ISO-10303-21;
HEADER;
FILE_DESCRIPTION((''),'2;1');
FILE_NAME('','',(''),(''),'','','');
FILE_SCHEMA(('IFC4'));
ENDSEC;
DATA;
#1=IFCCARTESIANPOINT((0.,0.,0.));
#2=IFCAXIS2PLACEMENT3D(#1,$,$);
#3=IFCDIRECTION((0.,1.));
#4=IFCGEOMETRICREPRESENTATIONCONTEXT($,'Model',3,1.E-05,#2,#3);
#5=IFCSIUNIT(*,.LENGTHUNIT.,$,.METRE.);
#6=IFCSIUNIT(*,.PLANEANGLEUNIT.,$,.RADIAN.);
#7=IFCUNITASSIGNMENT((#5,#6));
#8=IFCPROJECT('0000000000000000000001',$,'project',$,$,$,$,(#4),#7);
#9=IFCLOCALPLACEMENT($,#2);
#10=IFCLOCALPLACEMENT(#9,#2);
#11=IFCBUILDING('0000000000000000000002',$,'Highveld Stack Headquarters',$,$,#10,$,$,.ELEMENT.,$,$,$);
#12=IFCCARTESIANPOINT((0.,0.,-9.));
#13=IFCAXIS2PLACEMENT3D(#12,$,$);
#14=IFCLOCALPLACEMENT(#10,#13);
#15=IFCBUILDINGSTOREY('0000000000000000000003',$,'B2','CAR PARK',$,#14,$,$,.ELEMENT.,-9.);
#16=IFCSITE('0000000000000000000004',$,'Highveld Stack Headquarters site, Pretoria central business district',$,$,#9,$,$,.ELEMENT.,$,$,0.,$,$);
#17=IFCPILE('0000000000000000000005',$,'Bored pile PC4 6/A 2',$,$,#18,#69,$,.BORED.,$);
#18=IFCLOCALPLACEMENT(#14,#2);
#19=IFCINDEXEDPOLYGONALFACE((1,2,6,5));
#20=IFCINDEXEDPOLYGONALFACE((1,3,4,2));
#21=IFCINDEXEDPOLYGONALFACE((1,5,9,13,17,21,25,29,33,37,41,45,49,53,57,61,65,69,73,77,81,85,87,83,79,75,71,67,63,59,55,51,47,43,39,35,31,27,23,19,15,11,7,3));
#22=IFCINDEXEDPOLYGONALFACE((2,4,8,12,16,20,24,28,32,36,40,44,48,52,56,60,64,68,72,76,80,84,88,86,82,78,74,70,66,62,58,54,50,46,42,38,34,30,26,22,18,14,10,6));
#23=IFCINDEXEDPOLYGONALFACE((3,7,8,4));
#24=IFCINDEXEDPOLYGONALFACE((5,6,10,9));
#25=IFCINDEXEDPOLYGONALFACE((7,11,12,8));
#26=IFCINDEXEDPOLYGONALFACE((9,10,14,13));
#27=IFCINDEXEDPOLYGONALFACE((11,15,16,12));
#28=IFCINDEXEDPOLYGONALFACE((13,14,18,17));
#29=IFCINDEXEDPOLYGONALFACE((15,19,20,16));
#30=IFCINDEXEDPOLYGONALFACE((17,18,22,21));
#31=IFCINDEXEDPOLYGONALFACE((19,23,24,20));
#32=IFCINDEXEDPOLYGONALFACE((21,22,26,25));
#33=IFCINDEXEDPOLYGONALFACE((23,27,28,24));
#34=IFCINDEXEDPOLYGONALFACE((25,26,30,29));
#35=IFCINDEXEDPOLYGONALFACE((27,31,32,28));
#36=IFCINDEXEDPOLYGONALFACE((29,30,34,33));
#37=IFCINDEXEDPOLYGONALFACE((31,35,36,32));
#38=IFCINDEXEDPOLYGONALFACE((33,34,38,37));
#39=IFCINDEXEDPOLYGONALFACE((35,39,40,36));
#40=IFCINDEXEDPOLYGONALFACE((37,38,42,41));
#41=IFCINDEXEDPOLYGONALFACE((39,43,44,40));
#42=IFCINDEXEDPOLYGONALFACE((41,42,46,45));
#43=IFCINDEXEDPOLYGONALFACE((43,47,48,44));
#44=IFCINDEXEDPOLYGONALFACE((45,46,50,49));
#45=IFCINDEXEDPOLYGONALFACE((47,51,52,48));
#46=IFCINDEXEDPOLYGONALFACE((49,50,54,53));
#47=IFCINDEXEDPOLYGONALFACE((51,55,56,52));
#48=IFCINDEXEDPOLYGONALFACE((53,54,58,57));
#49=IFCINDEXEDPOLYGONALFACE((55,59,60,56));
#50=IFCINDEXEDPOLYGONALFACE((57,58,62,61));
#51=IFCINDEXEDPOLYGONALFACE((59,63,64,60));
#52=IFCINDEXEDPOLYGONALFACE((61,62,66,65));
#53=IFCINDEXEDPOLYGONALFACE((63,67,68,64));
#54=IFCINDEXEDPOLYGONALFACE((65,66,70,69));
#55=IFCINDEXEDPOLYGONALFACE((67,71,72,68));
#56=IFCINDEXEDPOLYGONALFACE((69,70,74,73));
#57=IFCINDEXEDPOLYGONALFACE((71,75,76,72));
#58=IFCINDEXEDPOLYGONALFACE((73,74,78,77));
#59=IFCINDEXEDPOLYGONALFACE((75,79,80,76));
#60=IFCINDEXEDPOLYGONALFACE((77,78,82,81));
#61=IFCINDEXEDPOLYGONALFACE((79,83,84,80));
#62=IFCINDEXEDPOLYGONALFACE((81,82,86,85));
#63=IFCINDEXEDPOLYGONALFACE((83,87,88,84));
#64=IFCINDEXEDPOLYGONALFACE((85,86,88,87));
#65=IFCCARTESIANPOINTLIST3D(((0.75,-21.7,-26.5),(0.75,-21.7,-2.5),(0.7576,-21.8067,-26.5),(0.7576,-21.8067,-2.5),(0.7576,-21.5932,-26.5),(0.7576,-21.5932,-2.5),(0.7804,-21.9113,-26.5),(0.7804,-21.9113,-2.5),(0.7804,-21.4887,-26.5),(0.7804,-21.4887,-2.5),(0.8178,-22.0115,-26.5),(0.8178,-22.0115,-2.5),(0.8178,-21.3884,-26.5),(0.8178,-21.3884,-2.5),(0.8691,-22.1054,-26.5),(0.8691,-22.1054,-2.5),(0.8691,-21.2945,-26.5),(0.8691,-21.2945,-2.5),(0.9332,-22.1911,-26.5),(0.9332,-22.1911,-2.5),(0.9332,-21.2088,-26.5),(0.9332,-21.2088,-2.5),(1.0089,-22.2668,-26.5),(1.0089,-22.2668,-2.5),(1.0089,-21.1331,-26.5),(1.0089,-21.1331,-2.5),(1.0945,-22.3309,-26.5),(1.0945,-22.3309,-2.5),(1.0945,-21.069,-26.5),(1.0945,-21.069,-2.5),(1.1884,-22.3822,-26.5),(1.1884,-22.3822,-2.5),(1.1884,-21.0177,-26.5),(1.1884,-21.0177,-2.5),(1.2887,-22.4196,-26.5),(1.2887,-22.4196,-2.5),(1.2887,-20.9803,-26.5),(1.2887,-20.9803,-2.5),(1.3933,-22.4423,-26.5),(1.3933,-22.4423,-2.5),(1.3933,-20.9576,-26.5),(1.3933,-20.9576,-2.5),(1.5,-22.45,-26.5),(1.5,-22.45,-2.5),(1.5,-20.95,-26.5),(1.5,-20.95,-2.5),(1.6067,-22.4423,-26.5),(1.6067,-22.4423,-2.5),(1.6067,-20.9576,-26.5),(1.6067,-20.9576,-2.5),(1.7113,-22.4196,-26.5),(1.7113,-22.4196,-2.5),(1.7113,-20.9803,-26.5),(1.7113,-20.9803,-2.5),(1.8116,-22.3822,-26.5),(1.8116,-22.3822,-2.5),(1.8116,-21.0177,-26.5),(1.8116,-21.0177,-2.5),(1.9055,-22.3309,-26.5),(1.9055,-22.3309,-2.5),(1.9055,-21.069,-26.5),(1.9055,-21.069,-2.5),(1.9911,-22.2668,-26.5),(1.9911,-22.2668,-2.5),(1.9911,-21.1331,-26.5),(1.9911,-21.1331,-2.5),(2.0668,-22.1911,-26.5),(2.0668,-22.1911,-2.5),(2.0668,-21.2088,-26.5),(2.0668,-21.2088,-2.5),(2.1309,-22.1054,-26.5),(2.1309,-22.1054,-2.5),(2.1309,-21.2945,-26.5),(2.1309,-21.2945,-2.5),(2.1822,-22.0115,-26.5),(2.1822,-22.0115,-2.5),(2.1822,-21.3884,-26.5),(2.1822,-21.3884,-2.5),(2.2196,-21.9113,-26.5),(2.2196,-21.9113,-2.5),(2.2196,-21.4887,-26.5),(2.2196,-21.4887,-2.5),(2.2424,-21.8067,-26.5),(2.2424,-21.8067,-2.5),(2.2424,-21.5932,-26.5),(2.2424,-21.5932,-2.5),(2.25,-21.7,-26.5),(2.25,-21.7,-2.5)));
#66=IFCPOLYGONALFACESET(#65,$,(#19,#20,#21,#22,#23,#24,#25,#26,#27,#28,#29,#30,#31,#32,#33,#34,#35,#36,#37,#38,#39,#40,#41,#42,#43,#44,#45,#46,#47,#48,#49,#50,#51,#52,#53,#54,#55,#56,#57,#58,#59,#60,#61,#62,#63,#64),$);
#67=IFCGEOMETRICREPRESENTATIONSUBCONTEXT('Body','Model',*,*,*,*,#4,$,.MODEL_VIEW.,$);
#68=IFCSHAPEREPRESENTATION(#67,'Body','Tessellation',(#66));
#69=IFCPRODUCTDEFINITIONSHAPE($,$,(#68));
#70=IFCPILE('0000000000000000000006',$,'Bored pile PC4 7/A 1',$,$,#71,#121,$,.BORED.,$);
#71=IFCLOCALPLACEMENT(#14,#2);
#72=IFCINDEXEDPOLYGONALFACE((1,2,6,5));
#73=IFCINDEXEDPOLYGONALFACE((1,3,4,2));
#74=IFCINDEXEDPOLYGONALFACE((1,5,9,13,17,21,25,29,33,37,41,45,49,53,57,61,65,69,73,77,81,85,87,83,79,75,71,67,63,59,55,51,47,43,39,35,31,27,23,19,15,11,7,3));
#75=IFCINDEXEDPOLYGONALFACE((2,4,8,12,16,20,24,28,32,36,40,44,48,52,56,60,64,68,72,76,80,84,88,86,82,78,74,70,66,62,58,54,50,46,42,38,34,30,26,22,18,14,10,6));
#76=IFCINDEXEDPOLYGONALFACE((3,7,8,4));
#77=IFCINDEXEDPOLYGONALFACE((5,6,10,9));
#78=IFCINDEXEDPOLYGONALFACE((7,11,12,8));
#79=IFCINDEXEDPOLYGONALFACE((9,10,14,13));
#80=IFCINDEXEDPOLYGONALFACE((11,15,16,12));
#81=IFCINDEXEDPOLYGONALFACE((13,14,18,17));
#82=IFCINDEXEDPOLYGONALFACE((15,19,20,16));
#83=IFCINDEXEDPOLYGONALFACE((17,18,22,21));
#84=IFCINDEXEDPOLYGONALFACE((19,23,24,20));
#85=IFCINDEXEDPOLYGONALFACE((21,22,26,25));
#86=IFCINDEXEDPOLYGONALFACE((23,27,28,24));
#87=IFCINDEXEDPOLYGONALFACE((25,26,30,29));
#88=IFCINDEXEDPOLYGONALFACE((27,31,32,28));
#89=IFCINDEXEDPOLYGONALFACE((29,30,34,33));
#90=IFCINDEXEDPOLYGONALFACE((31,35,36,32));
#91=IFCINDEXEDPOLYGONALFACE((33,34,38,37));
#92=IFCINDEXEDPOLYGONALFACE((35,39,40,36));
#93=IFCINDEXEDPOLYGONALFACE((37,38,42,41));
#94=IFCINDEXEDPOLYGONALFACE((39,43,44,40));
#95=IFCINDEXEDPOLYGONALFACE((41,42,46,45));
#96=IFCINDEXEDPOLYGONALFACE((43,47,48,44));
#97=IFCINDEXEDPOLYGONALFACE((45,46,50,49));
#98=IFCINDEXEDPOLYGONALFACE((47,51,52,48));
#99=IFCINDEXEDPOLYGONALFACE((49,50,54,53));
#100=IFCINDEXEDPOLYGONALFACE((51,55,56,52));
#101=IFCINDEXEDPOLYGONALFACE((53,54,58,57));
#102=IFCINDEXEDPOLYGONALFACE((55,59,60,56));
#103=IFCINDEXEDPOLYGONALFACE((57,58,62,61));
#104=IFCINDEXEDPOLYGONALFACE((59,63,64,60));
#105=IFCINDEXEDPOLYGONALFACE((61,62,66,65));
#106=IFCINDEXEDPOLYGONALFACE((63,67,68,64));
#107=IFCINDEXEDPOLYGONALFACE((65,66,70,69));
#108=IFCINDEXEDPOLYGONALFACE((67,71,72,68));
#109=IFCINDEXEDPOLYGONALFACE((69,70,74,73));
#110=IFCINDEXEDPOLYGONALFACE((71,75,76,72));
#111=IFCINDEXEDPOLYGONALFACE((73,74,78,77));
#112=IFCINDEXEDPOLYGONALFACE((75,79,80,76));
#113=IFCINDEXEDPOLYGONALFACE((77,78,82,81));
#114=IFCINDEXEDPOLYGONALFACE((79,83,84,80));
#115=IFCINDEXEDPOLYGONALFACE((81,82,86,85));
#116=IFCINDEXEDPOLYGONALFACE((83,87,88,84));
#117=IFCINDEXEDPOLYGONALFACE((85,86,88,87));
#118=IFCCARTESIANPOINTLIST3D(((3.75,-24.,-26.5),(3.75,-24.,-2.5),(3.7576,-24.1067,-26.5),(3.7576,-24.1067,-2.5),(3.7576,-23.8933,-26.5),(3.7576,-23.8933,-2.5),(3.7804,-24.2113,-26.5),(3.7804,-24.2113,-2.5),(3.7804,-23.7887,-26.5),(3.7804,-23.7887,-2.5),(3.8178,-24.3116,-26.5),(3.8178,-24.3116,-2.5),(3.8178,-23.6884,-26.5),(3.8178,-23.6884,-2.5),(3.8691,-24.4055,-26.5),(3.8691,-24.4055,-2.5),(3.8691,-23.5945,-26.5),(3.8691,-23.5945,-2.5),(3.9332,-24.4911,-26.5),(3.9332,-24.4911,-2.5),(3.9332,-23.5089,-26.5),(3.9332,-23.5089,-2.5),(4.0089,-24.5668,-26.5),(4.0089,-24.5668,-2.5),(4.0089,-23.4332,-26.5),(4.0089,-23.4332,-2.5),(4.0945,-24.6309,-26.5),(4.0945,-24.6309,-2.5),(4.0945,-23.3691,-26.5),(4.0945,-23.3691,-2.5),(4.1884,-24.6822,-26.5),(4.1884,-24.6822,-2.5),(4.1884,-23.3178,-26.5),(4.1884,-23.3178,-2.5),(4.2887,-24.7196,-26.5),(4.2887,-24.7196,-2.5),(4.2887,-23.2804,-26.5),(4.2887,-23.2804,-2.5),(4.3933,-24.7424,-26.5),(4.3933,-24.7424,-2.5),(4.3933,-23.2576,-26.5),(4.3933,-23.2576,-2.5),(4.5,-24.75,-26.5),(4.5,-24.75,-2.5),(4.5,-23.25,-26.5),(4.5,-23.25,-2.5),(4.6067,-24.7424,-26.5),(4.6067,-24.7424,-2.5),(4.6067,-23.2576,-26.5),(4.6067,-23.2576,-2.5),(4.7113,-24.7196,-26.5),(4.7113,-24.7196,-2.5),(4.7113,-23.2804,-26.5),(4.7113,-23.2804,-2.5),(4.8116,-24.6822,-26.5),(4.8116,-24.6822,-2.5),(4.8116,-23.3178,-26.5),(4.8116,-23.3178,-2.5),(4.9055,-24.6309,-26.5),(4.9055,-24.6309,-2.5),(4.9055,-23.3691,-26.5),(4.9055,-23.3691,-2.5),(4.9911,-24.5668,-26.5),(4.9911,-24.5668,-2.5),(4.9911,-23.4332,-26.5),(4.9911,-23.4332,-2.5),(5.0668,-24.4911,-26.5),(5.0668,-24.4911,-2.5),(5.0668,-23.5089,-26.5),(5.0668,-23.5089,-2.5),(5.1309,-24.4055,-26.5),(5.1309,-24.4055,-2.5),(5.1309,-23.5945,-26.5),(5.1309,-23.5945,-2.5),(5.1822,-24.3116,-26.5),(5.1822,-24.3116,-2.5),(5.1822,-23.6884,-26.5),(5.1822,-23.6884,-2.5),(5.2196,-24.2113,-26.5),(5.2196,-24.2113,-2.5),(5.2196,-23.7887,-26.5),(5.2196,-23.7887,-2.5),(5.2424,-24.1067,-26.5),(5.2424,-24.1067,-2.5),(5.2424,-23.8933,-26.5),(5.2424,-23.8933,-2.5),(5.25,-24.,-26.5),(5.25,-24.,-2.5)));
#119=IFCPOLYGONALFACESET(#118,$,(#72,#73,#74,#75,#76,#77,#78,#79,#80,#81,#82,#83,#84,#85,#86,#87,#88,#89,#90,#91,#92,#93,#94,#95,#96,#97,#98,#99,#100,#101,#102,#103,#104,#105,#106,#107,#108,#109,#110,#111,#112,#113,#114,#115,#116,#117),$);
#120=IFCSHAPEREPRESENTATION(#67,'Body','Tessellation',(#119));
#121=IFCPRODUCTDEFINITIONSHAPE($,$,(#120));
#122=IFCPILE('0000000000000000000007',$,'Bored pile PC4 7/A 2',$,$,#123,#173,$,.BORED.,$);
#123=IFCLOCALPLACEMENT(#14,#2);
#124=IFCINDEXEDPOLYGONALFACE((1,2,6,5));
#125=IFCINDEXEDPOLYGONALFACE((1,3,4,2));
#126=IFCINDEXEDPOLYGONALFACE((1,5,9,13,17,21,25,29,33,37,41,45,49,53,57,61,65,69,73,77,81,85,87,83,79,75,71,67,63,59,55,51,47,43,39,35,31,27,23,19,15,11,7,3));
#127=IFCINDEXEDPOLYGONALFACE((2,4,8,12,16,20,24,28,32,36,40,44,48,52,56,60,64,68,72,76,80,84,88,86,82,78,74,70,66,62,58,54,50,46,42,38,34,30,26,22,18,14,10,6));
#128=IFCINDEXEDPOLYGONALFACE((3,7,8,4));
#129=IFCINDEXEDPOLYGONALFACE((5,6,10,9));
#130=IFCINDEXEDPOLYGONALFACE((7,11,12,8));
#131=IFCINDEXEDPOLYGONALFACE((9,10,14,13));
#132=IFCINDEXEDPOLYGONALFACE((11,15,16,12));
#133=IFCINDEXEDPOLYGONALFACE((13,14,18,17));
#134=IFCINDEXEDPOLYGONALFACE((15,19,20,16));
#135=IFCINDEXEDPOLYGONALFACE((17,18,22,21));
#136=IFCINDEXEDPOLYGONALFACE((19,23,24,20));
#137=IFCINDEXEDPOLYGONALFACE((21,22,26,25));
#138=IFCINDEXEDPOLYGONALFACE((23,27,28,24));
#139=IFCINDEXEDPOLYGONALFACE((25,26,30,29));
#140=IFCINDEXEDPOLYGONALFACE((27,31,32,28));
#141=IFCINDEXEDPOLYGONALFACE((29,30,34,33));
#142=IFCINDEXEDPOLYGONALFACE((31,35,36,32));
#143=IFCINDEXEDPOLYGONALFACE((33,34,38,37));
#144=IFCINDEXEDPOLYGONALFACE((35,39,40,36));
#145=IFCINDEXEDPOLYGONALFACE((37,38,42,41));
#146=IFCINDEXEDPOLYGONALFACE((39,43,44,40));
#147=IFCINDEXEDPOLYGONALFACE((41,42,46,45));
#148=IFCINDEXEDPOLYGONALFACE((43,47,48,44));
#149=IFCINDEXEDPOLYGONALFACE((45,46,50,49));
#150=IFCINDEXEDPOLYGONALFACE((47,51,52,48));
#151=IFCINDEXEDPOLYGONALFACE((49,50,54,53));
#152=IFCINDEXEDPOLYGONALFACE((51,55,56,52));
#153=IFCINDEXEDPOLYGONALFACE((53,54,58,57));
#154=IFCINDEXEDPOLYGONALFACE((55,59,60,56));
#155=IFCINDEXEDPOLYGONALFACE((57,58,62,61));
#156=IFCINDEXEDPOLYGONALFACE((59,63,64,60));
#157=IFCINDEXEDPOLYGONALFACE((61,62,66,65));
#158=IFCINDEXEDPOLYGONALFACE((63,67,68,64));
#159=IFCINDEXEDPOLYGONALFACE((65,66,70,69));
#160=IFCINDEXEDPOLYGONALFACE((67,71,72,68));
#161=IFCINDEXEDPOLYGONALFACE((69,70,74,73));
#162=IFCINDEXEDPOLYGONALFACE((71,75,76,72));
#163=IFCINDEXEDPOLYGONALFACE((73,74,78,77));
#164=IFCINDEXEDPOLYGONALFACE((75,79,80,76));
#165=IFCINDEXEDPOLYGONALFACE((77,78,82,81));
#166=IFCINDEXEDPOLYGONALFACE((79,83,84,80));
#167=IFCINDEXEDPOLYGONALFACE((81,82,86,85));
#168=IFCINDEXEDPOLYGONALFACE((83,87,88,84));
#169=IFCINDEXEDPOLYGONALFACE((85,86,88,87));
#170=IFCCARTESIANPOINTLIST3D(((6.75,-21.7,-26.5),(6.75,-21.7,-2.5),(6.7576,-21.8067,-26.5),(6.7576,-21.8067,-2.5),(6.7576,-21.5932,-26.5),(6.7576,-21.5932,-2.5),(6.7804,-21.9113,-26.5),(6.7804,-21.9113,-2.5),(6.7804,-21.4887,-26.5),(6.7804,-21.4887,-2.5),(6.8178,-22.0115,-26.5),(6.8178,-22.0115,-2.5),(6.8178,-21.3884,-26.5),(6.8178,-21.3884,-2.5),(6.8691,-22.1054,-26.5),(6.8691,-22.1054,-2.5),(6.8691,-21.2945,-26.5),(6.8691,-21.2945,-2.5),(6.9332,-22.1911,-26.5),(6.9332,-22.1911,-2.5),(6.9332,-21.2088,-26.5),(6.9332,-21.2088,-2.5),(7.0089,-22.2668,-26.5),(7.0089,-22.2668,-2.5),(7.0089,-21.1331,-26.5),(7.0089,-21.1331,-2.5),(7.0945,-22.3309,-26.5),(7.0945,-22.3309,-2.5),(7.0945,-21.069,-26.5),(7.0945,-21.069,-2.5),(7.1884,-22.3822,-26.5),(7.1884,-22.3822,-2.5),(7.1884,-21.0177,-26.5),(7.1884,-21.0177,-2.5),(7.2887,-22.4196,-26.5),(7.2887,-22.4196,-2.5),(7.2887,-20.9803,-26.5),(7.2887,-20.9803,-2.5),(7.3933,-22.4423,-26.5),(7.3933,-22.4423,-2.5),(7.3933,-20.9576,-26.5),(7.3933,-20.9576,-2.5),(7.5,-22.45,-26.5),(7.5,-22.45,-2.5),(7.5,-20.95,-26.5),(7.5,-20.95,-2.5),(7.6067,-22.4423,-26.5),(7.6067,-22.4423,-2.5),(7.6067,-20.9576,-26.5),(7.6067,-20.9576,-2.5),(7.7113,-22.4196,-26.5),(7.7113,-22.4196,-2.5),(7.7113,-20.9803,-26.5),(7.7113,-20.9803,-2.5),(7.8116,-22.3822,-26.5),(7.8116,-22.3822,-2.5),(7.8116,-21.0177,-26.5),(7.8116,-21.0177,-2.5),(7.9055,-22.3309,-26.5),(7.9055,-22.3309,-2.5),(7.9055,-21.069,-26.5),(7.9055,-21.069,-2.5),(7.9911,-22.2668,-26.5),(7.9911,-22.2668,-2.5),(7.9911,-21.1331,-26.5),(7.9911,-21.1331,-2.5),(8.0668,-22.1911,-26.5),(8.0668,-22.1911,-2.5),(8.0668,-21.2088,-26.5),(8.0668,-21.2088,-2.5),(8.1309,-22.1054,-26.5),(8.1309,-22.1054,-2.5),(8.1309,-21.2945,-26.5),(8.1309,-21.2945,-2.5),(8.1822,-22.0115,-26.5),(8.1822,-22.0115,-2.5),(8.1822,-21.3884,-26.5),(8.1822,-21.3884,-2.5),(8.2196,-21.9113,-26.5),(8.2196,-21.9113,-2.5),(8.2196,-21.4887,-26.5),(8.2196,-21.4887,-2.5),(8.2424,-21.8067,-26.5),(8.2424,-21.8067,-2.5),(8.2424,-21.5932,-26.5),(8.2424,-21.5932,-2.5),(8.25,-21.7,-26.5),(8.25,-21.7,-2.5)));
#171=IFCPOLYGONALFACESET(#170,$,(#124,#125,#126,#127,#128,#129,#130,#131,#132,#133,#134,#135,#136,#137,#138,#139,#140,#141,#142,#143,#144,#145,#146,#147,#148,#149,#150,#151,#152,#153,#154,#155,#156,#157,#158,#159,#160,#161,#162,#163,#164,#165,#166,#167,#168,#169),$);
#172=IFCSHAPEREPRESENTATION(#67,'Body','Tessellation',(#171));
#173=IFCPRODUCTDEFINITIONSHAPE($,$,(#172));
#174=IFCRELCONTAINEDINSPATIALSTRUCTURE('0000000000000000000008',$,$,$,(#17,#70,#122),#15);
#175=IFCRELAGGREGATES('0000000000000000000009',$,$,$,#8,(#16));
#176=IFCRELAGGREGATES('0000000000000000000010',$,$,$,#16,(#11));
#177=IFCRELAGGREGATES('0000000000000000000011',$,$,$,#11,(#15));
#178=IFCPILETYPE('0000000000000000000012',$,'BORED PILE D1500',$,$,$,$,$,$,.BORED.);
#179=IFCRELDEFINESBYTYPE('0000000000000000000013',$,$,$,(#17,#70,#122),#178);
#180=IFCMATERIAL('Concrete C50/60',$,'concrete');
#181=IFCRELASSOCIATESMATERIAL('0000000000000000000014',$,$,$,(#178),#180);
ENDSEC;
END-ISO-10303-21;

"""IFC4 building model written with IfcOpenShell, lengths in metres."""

from ifc_helpers import new_model, si_unit, direction, frame, origin, origin_2d, place, context, subcontext, project, spatial, circle, extrude, material, type_object, element, save


model = new_model("IFC4")

# Units and contexts
model_context = context("Model", 3, precision=1e-05, world=origin(), true_north=direction((0.0, 1.0)))
body_context = subcontext(model_context, "Body", "Model", "MODEL_VIEW")
ifc_project = project(units=[si_unit("LENGTHUNIT", "METRE"), si_unit("PLANEANGLEUNIT", "RADIAN")], contexts=[model_context])

# Site, building, storey
site_placement = place(None, origin())
site = spatial("IfcSite", under=ifc_project, at=site_placement, Name="Highveld Stack Headquarters site, Pretoria central business district", CompositionType="ELEMENT", RefElevation=0.0)
building_placement = place(site_placement, origin())
building = spatial("IfcBuilding", under=site, at=building_placement, Name="Highveld Stack Headquarters", CompositionType="ELEMENT")
storey_placement = place(building_placement, frame((0.0, 0.0, -9.0)))
storey = spatial("IfcBuildingStorey", under=building, at=storey_placement, Name="B2", Description="CAR PARK", CompositionType="ELEMENT", Elevation=-9.0)

# Piles
ifc_material_1 = material(Name="Concrete C50/60", Category="concrete")
pile_type_1 = type_object("IfcPileType", Name="BORED PILE D1500", PredefinedType="BORED", material=ifc_material_1)
for number, where, z_axis, x_axis, name in (
    (1, (1.5, -21.7, -2.5), (0.0, 0.0, -1.0), (1.0, 0.0, 0.0), "Bored pile PC4 6/A 2"),
    (2, (4.5, -24.0, -2.5), (0.0, 0.0, -1.0), (1.0, 0.0, 0.0), "Bored pile PC4 7/A 1"),
    (3, (7.5, -21.7, -2.5), (0.0, 0.0, -1.0), (1.0, 0.0, 0.0), "Bored pile PC4 7/A 2"),
):
    element("IfcPile", number, at=place(storey_placement, frame(where, z_axis=z_axis, x_axis=x_axis)), inside=storey, type_object=pile_type_1, Name=name, PredefinedType="BORED", context=body_context, shape_type="SweptSolid", body=[
        extrude(circle(Radius=0.75, at=origin_2d()), origin(), (0.0, 0.0, 1.0), 24.0),
    ])

save(model, "model.ifc")
